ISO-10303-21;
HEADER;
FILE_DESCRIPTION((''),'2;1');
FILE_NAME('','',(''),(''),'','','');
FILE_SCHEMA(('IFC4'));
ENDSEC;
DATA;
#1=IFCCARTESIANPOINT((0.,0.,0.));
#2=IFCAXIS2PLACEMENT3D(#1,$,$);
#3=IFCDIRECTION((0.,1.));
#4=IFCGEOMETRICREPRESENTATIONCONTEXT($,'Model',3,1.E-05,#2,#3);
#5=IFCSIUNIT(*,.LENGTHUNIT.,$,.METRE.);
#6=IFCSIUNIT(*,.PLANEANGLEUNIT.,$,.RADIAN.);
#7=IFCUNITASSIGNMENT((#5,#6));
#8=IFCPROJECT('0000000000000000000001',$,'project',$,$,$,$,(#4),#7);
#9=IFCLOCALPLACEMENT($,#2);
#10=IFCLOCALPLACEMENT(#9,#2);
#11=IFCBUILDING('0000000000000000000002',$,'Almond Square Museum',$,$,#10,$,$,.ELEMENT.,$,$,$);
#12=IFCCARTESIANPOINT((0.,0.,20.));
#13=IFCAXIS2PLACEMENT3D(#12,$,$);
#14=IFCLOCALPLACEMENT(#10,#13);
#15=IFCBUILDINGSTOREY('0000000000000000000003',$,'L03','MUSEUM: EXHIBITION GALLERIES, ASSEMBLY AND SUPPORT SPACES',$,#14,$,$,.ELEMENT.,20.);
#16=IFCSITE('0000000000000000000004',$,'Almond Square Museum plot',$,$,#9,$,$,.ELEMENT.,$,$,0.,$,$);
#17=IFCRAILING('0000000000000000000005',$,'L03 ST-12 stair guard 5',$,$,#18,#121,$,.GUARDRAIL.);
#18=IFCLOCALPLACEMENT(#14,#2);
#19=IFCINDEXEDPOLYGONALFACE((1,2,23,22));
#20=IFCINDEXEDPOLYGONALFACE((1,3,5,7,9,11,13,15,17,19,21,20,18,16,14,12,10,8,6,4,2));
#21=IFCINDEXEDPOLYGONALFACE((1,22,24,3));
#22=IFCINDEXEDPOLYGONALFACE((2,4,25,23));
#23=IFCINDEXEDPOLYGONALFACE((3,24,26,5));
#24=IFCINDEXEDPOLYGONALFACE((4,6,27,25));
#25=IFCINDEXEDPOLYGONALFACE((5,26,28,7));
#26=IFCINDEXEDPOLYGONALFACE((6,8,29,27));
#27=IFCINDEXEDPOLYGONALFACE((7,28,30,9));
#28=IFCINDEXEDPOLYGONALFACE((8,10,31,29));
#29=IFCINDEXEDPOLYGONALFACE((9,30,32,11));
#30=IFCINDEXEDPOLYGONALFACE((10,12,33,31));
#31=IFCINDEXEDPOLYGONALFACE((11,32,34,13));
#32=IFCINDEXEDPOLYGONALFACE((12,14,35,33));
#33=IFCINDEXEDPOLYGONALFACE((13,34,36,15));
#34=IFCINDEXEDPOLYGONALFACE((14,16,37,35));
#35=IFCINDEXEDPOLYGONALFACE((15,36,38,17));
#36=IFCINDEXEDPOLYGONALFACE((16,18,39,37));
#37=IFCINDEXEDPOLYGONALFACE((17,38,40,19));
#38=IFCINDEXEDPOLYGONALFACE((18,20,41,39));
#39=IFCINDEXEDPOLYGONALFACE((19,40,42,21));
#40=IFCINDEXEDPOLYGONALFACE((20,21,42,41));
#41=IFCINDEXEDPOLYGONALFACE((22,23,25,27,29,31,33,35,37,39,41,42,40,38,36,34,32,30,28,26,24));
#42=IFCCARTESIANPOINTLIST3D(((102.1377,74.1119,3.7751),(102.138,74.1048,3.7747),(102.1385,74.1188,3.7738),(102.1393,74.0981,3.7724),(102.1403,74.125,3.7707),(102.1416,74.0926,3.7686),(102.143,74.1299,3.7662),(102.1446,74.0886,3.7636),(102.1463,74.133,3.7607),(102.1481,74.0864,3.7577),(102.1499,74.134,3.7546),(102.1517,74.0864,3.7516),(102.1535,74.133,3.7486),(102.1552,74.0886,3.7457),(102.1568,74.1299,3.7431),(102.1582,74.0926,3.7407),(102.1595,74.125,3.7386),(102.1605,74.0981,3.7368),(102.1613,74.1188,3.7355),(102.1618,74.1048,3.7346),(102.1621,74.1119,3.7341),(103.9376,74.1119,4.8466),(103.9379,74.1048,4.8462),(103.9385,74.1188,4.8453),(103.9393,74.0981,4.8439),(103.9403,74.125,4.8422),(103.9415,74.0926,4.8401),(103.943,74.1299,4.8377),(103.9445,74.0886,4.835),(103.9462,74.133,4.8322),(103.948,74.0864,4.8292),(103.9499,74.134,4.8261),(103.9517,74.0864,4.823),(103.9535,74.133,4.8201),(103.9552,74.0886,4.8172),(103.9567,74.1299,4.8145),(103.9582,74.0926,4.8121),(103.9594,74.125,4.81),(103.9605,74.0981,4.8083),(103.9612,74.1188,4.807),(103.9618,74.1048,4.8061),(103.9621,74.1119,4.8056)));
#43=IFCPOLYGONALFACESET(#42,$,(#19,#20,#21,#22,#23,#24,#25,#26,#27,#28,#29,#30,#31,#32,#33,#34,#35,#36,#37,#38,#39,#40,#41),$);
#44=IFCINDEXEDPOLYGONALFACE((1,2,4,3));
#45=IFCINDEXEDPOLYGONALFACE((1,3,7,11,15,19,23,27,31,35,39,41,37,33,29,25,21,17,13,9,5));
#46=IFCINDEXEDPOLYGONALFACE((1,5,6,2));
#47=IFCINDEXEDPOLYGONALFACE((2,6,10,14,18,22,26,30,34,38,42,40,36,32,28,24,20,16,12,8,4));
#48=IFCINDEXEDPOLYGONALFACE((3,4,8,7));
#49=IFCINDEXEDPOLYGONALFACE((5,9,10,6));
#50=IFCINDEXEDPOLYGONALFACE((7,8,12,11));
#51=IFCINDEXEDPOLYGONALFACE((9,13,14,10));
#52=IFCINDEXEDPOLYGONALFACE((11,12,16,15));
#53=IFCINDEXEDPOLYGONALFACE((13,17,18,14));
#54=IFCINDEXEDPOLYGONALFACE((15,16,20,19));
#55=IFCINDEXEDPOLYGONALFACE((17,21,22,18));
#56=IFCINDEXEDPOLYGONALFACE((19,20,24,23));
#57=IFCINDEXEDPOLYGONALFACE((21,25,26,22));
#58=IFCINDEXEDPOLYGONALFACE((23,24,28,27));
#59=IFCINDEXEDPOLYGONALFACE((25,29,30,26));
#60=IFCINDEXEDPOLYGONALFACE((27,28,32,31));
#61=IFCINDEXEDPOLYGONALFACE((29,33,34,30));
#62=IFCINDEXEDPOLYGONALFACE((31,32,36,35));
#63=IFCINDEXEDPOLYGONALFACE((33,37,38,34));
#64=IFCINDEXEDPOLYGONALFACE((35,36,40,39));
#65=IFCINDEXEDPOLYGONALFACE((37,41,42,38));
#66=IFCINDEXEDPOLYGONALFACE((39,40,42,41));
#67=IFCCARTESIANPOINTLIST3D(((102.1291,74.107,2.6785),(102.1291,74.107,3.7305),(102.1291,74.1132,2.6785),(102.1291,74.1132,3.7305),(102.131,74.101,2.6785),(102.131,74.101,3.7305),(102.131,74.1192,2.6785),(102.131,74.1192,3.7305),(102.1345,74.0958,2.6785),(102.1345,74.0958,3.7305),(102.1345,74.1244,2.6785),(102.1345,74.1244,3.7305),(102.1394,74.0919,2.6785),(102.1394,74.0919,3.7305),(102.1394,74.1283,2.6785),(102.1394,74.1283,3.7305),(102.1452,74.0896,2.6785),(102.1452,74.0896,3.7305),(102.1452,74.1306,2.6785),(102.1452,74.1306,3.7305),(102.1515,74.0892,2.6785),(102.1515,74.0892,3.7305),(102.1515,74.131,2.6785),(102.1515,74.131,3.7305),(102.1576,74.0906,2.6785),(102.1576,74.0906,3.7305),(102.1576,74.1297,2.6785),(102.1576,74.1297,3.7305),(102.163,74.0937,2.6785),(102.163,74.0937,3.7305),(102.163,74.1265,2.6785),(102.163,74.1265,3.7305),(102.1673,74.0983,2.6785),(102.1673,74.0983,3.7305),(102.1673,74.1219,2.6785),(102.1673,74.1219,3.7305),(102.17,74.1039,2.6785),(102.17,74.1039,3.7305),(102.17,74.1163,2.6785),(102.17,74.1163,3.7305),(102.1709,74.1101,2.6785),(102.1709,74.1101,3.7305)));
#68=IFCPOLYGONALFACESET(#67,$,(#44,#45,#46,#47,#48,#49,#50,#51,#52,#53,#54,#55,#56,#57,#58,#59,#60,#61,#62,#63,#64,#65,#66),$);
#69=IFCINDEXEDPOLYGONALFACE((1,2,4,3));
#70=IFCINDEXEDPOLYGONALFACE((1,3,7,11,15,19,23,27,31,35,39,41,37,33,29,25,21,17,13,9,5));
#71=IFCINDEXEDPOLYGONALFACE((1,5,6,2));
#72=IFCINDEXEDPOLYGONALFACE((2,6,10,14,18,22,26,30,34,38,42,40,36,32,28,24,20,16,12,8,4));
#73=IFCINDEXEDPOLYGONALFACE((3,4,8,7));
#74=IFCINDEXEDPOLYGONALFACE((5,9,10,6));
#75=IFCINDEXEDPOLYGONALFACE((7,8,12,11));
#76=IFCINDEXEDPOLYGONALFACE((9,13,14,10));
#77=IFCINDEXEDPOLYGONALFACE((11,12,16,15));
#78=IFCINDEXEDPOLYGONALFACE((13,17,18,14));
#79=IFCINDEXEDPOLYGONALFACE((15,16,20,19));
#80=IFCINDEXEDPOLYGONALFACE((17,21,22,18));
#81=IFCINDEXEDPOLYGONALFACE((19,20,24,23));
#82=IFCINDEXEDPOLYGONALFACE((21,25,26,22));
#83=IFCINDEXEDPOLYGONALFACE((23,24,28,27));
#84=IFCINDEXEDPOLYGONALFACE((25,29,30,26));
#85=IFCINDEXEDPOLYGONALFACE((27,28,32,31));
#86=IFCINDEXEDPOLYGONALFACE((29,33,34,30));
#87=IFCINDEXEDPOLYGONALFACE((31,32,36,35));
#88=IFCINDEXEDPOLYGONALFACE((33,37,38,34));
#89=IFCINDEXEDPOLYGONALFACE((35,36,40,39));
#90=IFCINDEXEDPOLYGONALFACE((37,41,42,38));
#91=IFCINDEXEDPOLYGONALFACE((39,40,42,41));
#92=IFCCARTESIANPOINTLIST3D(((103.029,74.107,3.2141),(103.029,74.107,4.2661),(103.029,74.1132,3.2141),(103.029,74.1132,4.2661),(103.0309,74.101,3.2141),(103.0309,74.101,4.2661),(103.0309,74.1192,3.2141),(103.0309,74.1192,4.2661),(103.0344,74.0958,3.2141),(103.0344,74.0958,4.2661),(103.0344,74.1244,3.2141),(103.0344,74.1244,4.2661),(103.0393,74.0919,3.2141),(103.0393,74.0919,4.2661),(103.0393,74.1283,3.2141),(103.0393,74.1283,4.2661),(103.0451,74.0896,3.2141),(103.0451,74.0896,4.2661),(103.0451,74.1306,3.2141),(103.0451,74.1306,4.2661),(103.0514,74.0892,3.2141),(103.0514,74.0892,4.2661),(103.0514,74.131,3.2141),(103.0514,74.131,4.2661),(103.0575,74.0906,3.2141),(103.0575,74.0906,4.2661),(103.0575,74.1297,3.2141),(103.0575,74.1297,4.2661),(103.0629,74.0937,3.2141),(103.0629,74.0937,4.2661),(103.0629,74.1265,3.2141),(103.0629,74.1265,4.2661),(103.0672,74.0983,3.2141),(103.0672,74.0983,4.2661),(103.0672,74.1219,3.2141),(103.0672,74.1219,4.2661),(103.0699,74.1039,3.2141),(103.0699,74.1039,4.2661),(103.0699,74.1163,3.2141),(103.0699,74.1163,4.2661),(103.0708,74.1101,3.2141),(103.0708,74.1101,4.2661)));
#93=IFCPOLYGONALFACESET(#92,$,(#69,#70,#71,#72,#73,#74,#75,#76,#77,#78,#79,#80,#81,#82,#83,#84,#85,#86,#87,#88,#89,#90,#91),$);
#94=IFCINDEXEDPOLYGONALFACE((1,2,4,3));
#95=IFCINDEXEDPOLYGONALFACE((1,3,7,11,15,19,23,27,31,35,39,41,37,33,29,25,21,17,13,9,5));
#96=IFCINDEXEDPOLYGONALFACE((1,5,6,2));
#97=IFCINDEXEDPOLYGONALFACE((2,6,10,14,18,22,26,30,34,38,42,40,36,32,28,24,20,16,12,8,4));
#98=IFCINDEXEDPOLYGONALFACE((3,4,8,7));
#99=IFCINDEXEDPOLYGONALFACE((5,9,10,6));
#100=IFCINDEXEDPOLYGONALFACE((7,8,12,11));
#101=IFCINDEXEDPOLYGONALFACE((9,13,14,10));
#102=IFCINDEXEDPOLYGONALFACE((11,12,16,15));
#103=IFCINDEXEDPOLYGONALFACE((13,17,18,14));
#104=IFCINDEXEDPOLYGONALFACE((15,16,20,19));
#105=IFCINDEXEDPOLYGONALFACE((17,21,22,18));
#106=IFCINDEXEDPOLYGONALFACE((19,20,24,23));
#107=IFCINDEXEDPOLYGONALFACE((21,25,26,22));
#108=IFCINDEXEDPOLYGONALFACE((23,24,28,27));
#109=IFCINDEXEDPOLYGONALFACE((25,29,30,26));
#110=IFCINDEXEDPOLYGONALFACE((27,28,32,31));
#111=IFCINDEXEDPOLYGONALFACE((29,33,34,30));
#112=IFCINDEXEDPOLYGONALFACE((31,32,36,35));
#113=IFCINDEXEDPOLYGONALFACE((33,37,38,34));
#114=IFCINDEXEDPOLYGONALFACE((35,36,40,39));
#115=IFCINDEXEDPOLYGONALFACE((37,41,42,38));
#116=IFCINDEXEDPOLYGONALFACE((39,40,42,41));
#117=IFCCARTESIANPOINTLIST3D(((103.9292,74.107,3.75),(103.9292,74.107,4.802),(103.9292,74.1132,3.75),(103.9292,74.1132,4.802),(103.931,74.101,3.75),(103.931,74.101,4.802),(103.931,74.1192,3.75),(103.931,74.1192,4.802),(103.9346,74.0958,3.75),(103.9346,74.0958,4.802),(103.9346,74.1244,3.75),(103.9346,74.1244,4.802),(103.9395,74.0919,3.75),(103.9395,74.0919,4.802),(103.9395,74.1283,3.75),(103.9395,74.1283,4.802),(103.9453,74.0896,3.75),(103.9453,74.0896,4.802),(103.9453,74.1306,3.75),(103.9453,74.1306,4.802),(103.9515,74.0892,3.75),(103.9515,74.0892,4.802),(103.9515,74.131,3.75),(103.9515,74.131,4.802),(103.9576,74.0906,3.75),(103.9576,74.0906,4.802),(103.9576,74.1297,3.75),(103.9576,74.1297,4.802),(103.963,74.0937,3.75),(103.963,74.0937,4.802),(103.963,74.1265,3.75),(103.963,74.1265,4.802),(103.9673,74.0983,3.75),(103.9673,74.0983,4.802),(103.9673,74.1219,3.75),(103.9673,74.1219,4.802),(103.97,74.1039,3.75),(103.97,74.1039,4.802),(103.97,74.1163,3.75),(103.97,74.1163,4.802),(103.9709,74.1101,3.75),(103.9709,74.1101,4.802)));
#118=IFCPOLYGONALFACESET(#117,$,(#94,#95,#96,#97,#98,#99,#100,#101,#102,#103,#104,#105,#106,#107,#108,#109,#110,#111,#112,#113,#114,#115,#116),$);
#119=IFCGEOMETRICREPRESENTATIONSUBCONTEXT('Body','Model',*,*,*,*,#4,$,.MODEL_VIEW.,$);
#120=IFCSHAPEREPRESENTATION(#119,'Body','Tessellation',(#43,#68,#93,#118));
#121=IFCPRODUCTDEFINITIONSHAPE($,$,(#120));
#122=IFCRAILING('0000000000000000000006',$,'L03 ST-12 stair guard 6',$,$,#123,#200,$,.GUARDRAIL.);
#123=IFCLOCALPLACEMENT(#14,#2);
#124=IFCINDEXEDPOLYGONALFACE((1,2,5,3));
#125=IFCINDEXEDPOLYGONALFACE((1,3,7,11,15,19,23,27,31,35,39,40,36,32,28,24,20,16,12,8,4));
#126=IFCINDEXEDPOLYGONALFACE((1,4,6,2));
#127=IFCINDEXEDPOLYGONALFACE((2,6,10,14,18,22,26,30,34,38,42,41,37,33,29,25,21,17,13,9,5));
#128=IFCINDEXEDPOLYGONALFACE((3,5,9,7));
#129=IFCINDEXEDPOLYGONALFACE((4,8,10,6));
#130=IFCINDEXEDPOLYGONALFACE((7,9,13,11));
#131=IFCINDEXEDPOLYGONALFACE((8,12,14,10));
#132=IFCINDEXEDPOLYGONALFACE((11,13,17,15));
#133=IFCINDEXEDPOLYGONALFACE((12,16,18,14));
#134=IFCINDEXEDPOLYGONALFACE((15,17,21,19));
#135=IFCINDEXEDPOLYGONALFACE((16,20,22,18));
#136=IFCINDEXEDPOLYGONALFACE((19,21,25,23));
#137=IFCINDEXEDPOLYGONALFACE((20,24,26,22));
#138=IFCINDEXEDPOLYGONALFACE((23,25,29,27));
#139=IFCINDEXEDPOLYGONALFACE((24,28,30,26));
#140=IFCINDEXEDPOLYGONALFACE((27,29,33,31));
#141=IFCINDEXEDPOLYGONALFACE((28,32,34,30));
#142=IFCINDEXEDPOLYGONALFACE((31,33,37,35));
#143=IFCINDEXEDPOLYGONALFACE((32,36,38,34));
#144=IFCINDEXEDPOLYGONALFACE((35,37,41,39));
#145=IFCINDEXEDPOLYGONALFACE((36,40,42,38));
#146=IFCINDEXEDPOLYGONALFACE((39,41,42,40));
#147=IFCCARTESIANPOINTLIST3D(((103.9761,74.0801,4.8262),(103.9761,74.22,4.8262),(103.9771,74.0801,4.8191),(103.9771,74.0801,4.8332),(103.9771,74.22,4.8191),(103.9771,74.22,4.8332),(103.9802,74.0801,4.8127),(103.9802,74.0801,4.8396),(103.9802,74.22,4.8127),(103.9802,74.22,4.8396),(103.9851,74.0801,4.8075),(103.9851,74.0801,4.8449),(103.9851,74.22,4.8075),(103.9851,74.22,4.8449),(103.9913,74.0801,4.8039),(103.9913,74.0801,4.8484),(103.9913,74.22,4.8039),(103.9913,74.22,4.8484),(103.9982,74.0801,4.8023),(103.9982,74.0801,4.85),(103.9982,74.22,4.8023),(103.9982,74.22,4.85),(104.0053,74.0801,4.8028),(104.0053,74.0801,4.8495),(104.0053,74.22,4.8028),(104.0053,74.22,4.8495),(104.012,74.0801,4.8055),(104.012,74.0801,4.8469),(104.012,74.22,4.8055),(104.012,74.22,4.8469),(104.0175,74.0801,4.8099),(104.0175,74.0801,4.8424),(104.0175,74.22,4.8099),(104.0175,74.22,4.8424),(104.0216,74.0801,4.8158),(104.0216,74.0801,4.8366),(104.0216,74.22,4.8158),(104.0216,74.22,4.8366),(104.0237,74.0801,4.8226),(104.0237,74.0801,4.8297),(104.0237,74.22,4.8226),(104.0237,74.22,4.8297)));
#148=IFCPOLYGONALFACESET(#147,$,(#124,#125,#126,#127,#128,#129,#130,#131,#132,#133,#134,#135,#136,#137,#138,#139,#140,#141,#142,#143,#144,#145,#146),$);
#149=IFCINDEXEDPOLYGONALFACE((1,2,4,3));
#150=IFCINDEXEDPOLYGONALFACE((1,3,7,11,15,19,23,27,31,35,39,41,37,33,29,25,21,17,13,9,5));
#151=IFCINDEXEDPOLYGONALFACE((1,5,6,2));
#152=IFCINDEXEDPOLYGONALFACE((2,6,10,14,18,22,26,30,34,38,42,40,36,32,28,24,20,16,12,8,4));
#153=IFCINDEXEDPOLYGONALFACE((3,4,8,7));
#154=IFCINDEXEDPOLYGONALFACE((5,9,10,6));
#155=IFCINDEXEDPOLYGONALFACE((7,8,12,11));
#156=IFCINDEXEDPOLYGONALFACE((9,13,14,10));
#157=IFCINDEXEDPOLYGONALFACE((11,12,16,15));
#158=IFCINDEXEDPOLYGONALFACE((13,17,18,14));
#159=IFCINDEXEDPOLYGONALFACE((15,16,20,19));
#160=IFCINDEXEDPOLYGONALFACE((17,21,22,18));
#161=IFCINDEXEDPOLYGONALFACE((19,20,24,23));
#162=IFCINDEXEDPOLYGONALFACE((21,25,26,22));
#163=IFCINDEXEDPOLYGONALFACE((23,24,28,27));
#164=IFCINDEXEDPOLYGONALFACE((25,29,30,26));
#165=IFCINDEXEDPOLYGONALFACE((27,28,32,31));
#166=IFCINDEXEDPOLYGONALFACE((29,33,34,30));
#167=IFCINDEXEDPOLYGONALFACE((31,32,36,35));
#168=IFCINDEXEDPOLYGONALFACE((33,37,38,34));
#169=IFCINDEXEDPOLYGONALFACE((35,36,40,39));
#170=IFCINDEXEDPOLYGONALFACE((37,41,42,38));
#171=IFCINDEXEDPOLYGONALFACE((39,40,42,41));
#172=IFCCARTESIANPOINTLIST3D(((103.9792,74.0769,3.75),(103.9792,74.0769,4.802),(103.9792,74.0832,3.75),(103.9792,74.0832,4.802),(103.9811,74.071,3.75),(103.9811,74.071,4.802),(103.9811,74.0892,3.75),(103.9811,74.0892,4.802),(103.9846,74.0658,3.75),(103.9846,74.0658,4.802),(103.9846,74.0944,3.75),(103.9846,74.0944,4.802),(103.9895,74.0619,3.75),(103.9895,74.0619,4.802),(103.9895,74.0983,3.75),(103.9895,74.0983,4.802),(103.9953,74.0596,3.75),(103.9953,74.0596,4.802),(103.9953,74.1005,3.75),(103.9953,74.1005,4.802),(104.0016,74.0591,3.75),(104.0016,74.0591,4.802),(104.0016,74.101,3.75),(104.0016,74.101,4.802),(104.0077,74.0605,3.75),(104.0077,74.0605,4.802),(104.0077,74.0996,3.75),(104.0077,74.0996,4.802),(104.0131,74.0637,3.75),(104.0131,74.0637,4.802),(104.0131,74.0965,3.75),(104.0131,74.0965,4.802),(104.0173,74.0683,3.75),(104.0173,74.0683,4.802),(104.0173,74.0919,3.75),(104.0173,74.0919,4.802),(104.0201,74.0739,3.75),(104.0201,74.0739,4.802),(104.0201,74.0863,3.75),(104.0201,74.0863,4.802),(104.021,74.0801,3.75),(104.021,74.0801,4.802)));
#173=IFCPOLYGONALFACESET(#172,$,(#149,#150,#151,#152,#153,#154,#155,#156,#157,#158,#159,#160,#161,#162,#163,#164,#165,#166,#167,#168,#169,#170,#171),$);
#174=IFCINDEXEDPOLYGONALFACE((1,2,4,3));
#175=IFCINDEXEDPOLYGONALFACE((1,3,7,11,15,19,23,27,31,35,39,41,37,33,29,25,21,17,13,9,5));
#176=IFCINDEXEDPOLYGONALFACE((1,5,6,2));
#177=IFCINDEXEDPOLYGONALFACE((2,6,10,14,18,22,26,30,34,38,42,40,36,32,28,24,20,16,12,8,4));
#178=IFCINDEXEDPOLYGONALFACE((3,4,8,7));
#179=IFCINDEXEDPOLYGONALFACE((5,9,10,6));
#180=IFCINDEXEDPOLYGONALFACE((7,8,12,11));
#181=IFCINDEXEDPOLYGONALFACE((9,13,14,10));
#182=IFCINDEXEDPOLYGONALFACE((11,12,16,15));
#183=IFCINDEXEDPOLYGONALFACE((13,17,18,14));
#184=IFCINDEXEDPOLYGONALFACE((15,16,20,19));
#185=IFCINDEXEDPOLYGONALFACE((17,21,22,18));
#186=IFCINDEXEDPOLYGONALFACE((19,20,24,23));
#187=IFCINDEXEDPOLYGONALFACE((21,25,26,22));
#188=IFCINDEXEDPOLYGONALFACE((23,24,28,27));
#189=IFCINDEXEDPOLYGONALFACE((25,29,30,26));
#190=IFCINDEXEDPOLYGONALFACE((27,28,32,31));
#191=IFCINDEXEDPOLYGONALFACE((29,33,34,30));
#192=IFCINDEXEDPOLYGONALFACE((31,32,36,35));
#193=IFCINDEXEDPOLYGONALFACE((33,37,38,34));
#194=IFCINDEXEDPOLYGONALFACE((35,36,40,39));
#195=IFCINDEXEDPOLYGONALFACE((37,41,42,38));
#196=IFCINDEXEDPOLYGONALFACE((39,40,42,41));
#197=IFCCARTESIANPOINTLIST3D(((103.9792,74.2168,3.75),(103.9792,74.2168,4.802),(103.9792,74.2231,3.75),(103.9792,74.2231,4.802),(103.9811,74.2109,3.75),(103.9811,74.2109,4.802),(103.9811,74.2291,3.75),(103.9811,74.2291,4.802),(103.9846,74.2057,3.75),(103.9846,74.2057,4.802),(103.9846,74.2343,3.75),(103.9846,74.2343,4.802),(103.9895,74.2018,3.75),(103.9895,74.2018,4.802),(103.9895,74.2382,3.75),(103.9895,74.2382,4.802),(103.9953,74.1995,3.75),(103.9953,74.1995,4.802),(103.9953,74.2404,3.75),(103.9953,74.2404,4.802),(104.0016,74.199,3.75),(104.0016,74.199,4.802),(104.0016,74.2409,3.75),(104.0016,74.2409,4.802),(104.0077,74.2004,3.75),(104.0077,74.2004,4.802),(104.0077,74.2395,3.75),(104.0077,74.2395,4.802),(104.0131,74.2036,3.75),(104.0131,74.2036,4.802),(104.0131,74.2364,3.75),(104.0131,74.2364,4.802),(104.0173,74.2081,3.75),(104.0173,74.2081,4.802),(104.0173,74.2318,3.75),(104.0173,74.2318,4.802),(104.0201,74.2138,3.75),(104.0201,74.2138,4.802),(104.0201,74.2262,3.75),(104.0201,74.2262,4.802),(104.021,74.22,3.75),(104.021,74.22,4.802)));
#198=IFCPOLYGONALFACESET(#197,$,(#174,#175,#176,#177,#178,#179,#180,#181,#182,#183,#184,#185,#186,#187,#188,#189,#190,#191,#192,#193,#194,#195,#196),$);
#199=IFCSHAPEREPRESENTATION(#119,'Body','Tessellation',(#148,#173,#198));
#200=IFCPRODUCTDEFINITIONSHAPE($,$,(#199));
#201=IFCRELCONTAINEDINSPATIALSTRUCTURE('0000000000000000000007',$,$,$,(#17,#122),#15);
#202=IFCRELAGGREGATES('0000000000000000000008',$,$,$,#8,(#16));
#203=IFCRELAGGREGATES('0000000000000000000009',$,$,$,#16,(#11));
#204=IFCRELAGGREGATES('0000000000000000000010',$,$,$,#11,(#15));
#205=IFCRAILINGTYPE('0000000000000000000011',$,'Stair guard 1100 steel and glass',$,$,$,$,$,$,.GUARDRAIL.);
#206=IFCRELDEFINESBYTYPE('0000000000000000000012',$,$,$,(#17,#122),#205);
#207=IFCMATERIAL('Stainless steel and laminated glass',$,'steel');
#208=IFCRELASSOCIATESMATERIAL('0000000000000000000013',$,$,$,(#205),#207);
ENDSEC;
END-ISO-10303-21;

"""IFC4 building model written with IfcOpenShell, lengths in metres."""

from ifc_helpers import new_model, si_unit, direction, frame, origin, origin_2d, place, context, subcontext, project, spatial, circle, extrude, material, type_object, element, save


model = new_model("IFC4")

# Units and contexts
model_context = context("Model", 3, precision=1e-05, world=origin(), true_north=direction((0.0, 1.0)))
body_context = subcontext(model_context, "Body", "Model", "MODEL_VIEW")
ifc_project = project(units=[si_unit("LENGTHUNIT", "METRE"), si_unit("PLANEANGLEUNIT", "RADIAN")], contexts=[model_context])

# Site, building, storey
site_placement = place(None, origin())
site = spatial("IfcSite", under=ifc_project, at=site_placement, Name="Almond Square Museum plot", CompositionType="ELEMENT", RefElevation=0.0)
building_placement = place(site_placement, origin())
building = spatial("IfcBuilding", under=site, at=building_placement, Name="Almond Square Museum", CompositionType="ELEMENT")
storey_placement = place(building_placement, frame((0.0, 0.0, 20.0)))
storey = spatial("IfcBuildingStorey", under=building, at=storey_placement, Name="L03", Description="MUSEUM: EXHIBITION GALLERIES, ASSEMBLY AND SUPPORT SPACES", CompositionType="ELEMENT", Elevation=20.0)

# Railings
ifc_material_1 = material(Name="Stainless steel and laminated glass", Category="steel")
railing_type_1 = type_object("IfcRailingType", Name="Stair guard 1100 steel and glass", PredefinedType="GUARDRAIL", material=ifc_material_1)
railing_1_placement = place(storey_placement, frame((102.1499, 74.1101, 2.6785)))
element("IfcRailing", 1, at=railing_1_placement, inside=storey, type_object=railing_type_1, Name="L03 ST-12 stair guard 5", PredefinedType="GUARDRAIL", context=body_context, shape_type="SweptSolid", body=[
    extrude(circle(Radius=0.0239, at=origin_2d()), frame((0.0, 0.0, 1.0762), z_axis=(0.859277, 0.0, 0.51151), x_axis=(0.0, 1.0, 0.0)), (0.0, 0.0, 1.0), 2.0947),
    extrude(circle(Radius=0.021, at=origin_2d()), origin(), (0.0, 0.0, 1.0), 1.052),
    extrude(circle(Radius=0.021, at=origin_2d()), frame((0.8999, 0.0, 0.5356)), (0.0, 0.0, 1.0), 1.052),
    extrude(circle(Radius=0.021, at=origin_2d()), frame((1.8, 0.0, 1.0715)), (0.0, 0.0, 1.0), 1.052),
])
railing_2_placement = place(storey_placement, frame((104.0, 74.0801, 3.75)))
element("IfcRailing", 2, at=railing_2_placement, inside=storey, type_object=railing_type_1, Name="L03 ST-12 stair guard 6", PredefinedType="GUARDRAIL", context=body_context, shape_type="SweptSolid", body=[
    extrude(circle(Radius=0.0239, at=origin_2d()), frame((0.0, 0.0, 1.0762), z_axis=(0.0, 1.0, 0.0), x_axis=(-1.0, 0.0, 0.0)), (0.0, 0.0, 1.0), 0.1399),
    extrude(circle(Radius=0.021, at=origin_2d()), origin(), (0.0, 0.0, 1.0), 1.052),
    extrude(circle(Radius=0.021, at=origin_2d()), frame((0.0, 0.1399, 0.0)), (0.0, 0.0, 1.0), 1.052),
])

save(model, "model.ifc")
